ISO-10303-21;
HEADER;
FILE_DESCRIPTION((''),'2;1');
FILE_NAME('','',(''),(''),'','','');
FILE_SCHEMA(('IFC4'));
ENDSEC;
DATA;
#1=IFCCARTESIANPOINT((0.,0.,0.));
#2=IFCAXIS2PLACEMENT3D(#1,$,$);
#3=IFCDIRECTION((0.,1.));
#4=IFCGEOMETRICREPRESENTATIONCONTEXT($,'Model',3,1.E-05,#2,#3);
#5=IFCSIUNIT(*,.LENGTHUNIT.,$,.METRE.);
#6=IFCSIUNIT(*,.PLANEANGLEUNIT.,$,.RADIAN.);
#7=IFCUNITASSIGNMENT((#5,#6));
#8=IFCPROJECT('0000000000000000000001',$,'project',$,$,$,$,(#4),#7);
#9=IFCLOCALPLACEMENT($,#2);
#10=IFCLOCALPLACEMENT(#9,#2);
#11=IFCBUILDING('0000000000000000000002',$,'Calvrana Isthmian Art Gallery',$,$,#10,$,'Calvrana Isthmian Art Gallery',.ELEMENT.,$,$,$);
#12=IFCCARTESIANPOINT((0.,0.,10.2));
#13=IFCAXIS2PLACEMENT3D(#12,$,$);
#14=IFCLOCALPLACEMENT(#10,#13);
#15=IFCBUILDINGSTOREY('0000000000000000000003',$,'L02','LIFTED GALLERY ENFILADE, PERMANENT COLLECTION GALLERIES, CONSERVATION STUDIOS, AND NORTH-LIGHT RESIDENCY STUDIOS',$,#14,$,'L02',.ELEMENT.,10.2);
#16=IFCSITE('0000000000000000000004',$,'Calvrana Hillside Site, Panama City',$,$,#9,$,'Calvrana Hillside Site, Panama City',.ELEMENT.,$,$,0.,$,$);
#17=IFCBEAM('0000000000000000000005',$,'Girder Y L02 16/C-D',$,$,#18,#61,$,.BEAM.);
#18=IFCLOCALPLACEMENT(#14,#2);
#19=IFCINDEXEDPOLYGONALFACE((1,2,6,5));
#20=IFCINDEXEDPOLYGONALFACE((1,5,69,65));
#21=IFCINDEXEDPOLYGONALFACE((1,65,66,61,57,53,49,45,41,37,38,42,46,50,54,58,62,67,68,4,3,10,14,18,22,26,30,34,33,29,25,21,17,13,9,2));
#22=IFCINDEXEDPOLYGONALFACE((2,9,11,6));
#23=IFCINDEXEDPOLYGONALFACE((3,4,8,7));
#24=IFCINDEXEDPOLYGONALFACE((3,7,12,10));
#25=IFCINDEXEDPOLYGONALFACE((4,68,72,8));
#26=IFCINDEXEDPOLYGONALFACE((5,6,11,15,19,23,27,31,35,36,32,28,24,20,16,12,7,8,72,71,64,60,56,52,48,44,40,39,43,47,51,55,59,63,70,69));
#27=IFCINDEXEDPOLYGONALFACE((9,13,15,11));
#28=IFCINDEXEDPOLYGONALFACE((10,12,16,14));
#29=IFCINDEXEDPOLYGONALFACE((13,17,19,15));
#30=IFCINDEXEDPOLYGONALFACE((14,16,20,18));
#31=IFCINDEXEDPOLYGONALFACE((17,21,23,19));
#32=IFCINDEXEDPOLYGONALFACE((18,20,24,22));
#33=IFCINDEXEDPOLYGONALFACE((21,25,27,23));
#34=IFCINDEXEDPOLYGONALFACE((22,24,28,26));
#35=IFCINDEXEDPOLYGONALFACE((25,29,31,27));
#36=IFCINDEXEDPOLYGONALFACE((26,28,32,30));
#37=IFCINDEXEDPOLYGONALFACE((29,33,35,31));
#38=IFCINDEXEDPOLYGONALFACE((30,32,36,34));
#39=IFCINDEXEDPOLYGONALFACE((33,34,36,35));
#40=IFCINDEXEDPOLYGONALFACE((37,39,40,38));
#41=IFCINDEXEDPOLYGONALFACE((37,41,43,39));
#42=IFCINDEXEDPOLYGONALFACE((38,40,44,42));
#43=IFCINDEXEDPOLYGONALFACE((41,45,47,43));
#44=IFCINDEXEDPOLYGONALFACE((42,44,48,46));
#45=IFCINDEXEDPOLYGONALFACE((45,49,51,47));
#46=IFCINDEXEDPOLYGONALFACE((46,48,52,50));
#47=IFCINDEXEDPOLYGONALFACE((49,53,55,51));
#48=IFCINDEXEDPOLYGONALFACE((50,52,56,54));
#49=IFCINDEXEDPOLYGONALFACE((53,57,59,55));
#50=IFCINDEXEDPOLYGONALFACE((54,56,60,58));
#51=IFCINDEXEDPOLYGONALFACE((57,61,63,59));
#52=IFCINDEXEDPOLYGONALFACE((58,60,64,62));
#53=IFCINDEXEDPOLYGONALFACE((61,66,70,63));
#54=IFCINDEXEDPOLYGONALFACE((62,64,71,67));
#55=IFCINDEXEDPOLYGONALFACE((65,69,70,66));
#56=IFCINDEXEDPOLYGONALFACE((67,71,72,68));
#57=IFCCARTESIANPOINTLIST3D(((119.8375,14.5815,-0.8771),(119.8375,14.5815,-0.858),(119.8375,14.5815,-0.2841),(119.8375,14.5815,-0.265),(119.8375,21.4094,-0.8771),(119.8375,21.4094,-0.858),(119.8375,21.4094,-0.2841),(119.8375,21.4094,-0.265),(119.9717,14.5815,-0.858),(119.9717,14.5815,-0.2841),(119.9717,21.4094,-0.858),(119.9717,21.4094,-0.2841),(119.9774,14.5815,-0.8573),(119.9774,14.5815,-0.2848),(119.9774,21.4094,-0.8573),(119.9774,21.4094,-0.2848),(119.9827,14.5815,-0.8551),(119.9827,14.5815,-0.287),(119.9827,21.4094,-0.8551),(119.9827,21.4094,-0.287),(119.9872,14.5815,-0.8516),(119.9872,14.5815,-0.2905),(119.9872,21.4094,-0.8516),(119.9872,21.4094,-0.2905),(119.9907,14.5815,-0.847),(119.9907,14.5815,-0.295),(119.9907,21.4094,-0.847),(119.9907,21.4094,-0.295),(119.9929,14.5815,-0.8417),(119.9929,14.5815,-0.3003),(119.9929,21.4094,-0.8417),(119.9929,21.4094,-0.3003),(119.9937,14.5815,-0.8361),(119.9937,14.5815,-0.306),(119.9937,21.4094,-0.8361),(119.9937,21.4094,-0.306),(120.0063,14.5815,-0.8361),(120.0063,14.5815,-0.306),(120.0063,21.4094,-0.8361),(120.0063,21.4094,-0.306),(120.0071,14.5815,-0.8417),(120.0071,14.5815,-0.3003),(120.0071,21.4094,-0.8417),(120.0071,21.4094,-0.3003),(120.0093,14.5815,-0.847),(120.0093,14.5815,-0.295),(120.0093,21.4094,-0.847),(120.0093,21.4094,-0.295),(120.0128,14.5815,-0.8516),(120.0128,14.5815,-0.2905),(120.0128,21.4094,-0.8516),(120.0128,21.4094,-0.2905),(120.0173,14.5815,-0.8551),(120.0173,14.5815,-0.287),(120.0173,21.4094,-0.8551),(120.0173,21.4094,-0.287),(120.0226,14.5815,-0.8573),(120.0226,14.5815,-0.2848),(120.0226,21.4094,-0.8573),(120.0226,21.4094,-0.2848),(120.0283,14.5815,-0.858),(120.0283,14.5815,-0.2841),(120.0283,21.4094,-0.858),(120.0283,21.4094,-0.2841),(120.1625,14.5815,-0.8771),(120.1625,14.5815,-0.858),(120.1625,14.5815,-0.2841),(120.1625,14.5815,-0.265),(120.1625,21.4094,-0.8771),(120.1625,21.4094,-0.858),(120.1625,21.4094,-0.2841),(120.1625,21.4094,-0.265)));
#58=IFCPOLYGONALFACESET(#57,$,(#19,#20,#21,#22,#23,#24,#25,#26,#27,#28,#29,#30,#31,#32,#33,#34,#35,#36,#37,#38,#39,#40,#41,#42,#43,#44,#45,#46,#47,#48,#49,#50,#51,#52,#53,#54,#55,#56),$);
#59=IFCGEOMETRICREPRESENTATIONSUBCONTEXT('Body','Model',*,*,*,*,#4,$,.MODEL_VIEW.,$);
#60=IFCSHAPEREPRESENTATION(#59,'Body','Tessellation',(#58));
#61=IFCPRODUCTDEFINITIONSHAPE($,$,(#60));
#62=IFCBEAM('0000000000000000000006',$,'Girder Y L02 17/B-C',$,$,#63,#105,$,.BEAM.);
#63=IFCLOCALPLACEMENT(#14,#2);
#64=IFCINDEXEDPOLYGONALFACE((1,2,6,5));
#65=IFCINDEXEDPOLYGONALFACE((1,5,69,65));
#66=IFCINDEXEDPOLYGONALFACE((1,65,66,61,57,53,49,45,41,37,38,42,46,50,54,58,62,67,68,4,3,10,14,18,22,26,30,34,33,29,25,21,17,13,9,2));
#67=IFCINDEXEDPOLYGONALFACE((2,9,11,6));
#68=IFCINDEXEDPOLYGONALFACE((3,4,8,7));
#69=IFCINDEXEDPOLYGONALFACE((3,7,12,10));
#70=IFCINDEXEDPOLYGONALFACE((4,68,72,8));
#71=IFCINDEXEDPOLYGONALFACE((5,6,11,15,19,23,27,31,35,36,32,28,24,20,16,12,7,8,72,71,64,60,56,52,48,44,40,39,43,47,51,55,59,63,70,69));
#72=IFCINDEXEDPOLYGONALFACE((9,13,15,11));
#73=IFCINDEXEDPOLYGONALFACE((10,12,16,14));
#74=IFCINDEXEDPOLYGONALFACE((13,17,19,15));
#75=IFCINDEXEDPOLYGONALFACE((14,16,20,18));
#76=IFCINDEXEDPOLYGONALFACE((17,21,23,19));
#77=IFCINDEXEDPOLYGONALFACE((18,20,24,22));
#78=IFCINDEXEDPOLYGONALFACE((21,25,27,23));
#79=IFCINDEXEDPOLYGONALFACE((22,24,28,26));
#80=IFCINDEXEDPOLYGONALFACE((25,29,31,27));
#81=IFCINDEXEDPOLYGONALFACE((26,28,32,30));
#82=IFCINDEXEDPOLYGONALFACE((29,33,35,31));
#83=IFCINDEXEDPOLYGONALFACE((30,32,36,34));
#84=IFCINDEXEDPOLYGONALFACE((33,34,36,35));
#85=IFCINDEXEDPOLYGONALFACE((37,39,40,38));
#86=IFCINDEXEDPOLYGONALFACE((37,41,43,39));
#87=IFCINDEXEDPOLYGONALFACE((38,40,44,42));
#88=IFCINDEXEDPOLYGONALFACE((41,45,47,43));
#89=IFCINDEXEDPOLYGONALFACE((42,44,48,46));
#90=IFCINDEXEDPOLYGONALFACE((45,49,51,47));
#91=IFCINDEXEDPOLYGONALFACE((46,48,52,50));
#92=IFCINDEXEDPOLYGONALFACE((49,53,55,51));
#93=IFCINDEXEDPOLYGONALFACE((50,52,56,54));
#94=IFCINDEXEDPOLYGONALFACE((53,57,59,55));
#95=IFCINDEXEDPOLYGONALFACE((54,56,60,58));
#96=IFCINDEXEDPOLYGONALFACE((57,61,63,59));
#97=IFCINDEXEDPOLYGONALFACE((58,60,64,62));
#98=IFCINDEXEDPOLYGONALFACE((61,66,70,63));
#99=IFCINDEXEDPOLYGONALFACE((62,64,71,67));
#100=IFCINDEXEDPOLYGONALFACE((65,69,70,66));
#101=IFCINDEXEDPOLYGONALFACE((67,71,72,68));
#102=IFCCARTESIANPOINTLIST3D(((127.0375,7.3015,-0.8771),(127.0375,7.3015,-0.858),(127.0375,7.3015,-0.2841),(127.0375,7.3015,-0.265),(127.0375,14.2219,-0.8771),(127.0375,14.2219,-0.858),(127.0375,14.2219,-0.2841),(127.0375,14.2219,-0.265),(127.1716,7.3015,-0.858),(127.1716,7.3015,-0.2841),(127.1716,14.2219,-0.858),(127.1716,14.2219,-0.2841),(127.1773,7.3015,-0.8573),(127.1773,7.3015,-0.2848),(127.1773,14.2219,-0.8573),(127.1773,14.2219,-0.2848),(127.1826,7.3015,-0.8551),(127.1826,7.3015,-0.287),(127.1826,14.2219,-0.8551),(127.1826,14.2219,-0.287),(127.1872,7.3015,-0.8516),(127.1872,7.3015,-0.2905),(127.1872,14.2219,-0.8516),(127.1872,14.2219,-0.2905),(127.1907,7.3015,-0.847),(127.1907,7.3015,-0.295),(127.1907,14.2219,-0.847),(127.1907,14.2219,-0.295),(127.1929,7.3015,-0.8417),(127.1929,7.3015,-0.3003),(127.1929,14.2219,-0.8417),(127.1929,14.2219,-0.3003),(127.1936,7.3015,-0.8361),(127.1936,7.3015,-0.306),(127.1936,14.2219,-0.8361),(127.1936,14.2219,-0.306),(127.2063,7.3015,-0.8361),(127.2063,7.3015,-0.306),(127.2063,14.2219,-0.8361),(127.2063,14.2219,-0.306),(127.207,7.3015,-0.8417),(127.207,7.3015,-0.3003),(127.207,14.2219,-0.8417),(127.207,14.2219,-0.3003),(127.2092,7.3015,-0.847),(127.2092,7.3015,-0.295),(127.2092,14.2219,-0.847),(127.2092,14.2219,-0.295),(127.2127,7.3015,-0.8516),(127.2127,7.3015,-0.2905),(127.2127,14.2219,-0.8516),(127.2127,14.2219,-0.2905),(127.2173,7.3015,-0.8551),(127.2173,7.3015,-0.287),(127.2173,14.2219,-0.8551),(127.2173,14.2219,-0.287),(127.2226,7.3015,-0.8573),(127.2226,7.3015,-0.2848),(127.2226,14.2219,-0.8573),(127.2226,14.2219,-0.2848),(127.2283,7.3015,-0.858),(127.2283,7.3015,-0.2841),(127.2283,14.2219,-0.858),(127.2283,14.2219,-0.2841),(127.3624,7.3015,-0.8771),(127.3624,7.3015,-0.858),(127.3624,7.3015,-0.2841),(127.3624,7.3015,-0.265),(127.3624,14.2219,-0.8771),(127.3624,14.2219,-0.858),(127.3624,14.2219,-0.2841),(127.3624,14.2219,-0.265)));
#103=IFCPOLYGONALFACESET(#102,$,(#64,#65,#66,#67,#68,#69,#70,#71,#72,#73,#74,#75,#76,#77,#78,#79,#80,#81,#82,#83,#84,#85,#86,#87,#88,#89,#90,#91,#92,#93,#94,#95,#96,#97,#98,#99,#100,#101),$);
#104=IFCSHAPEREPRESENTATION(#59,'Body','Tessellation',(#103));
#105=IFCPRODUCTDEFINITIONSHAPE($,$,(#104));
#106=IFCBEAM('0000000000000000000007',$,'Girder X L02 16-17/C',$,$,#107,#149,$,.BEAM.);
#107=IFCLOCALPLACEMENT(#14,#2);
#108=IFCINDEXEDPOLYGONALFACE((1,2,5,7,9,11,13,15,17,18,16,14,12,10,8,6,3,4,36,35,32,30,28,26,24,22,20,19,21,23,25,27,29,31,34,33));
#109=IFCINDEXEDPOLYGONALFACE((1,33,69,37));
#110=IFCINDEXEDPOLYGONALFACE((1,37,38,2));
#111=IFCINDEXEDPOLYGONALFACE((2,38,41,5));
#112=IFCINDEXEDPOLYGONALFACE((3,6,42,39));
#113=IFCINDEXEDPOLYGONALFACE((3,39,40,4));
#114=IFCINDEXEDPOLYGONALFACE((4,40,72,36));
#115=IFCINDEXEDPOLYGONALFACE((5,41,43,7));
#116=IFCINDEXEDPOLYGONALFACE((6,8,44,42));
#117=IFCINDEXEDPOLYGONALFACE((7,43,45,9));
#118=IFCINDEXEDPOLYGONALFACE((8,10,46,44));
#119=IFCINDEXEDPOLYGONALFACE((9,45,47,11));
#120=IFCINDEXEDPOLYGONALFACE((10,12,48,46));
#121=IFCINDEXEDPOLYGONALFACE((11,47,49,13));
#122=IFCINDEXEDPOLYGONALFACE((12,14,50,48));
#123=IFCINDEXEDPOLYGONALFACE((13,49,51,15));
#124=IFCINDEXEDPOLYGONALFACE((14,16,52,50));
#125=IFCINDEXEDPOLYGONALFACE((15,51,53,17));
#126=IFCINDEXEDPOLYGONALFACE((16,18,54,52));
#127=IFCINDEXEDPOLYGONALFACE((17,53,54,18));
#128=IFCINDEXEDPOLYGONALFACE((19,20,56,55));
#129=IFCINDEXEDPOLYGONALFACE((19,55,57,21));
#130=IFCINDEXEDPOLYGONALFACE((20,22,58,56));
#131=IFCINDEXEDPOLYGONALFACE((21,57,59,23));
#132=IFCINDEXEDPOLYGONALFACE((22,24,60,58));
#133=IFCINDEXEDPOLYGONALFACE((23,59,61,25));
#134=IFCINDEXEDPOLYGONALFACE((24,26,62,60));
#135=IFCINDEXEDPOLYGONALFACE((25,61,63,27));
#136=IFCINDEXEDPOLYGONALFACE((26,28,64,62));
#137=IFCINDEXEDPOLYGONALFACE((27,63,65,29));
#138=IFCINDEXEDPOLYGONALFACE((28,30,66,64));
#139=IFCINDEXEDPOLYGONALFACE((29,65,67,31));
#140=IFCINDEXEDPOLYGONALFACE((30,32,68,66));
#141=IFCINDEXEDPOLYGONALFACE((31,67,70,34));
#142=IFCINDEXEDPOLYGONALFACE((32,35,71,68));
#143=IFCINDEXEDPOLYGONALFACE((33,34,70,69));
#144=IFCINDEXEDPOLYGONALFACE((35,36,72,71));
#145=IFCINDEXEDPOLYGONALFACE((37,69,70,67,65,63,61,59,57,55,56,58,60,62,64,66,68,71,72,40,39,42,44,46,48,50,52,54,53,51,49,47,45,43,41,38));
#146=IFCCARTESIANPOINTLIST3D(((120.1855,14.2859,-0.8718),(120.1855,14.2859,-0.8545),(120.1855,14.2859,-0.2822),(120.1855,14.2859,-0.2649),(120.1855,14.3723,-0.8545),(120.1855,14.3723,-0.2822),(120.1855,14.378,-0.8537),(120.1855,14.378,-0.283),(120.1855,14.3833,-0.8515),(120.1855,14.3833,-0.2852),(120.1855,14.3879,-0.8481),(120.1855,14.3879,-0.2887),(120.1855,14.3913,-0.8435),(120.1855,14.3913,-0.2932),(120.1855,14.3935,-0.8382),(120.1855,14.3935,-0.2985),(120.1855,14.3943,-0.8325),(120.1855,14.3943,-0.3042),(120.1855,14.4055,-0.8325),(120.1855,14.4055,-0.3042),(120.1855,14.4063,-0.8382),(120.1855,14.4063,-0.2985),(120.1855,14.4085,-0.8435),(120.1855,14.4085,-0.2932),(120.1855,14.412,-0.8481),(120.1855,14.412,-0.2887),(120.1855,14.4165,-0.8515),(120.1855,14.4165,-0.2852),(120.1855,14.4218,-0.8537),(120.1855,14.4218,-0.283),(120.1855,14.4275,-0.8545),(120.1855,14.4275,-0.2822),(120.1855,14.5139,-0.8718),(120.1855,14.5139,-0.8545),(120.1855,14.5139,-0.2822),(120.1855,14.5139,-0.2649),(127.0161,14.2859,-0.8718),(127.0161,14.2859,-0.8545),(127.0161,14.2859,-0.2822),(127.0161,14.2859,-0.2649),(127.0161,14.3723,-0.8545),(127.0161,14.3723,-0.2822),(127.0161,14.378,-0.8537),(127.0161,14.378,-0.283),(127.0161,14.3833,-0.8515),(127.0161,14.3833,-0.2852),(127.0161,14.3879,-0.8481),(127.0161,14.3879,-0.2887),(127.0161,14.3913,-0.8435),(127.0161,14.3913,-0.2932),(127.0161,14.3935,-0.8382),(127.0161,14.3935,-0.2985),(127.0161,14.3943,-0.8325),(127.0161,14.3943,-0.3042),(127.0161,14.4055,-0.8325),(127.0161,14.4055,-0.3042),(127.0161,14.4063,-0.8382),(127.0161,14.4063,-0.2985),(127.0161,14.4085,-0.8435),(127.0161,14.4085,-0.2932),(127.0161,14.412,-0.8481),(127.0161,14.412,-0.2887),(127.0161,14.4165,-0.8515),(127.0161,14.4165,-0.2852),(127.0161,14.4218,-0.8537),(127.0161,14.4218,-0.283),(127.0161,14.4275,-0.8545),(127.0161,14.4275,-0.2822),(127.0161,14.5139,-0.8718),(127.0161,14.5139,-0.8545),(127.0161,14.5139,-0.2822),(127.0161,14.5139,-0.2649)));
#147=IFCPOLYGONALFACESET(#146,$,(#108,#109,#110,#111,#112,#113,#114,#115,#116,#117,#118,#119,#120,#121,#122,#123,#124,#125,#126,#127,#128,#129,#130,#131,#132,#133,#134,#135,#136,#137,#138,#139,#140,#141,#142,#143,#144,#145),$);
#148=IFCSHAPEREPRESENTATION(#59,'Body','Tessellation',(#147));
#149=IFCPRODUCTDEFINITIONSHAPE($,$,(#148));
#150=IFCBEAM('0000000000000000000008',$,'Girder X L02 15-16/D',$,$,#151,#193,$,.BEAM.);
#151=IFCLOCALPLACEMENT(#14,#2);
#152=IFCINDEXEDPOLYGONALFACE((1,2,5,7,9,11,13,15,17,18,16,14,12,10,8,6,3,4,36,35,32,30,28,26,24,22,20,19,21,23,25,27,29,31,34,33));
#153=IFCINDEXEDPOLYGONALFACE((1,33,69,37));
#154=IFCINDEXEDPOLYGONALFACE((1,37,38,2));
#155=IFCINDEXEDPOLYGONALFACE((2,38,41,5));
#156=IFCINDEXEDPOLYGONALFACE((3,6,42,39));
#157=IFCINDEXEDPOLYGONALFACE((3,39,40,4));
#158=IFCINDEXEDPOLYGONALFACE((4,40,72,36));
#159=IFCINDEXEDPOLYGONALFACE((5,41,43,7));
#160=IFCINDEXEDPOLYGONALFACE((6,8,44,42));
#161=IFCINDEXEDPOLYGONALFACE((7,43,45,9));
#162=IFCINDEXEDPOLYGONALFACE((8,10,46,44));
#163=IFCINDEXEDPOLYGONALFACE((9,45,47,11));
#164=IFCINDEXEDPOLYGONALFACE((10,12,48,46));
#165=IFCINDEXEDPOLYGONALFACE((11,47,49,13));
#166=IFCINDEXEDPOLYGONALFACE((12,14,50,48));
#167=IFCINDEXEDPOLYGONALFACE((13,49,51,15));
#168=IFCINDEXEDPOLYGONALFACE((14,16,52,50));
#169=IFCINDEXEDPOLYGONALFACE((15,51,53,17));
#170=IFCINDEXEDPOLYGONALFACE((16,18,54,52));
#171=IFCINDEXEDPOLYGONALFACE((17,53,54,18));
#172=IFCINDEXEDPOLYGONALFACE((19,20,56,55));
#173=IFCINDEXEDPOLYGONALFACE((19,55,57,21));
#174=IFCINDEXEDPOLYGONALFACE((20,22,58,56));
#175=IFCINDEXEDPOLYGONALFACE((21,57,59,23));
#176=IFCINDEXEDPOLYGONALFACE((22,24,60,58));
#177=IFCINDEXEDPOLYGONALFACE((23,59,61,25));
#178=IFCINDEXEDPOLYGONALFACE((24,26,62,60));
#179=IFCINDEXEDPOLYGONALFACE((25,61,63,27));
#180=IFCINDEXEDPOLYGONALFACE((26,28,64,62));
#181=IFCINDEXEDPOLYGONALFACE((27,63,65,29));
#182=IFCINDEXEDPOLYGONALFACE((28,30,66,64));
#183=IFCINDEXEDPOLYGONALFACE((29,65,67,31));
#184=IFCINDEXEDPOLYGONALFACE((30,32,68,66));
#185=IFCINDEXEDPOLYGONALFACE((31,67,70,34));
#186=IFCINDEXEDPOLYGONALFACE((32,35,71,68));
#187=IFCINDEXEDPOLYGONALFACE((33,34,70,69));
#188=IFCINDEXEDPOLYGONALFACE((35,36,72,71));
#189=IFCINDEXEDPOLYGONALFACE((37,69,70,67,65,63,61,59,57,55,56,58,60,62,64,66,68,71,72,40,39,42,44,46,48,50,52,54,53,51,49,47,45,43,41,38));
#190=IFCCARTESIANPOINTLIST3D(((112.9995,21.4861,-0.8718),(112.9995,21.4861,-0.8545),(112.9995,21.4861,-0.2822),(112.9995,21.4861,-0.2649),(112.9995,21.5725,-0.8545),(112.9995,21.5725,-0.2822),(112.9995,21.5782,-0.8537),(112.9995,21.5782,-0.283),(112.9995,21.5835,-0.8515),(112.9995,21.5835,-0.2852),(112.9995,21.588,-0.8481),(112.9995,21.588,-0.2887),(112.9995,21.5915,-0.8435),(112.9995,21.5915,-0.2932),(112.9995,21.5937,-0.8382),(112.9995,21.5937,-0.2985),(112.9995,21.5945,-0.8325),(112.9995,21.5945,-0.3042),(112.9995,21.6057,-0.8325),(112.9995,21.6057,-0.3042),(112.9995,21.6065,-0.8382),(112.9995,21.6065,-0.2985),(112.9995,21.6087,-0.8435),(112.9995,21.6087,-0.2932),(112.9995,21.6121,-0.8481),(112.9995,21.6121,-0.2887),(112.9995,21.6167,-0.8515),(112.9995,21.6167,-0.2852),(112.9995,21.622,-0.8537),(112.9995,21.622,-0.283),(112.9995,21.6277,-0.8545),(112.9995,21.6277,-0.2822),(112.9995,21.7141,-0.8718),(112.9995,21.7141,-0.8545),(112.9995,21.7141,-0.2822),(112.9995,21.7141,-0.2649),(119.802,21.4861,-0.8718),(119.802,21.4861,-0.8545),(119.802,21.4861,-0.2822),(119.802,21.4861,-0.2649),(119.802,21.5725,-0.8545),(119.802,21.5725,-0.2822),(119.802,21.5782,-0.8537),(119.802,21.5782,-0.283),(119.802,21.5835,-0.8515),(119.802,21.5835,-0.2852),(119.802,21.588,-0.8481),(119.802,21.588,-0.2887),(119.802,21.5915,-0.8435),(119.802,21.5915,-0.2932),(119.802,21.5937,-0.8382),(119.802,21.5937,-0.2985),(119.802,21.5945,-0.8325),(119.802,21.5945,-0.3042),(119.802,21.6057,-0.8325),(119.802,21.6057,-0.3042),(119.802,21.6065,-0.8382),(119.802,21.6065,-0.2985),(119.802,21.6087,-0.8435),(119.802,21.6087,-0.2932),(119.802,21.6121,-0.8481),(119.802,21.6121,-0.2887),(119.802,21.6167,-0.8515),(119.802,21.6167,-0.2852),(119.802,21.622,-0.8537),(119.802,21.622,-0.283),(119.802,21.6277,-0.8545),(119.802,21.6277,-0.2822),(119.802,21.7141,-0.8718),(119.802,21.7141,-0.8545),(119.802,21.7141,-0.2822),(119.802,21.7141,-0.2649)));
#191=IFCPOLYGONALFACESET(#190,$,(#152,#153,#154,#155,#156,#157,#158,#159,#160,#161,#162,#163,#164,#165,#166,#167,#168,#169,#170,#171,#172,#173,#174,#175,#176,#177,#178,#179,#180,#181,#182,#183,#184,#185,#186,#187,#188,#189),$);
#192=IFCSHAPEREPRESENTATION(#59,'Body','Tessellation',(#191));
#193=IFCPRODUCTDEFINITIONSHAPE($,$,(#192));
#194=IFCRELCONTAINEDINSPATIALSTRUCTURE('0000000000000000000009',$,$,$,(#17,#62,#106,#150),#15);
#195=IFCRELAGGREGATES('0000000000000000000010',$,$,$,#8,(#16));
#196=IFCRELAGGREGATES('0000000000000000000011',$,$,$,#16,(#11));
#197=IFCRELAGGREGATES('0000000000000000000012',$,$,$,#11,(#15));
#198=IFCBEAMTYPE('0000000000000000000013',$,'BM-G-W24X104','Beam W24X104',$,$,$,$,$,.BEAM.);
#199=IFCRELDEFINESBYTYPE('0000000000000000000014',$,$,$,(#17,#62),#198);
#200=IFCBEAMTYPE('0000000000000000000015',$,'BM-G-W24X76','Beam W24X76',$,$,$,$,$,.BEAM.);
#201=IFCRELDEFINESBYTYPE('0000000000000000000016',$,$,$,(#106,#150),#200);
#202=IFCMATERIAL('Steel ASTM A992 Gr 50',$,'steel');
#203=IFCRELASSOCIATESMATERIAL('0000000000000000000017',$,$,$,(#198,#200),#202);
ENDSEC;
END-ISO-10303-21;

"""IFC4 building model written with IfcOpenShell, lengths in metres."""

from ifc_helpers import new_model, si_unit, direction, frame, origin, origin_2d, place, context, subcontext, project, spatial, i_section, extrude, material, material_profile, profile_set, type_object, element, save


model = new_model("IFC4")

# Units and contexts
model_context = context("Model", 3, precision=1e-05, world=origin(), true_north=direction((0.0, 1.0)))
body_context = subcontext(model_context, "Body", "Model", "MODEL_VIEW")
ifc_project = project(units=[si_unit("LENGTHUNIT", "METRE"), si_unit("PLANEANGLEUNIT", "RADIAN")], contexts=[model_context])

# Site, building, storey
site_placement = place(None, origin())
site = spatial("IfcSite", under=ifc_project, at=site_placement, Name="Calvrana Hillside Site, Panama City", LongName="Calvrana Hillside Site, Panama City", CompositionType="ELEMENT", RefElevation=0.0)
building_placement = place(site_placement, origin())
building = spatial("IfcBuilding", under=site, at=building_placement, Name="Calvrana Isthmian Art Gallery", LongName="Calvrana Isthmian Art Gallery", CompositionType="ELEMENT")
storey_placement = place(building_placement, frame((0.0, 0.0, 10.2)))
storey = spatial("IfcBuildingStorey", under=building, at=storey_placement, Name="L02", Description="LIFTED GALLERY ENFILADE, PERMANENT COLLECTION GALLERIES, CONSERVATION STUDIOS, AND NORTH-LIGHT RESIDENCY STUDIOS", LongName="L02", CompositionType="ELEMENT", Elevation=10.2)

# Shared definitions
ifc_material_1 = material(Name="Steel ASTM A992 Gr 50", Category="steel")

# Beams
ifc_material_profile_1 = material_profile(ifc_material_1, i_section(OverallWidth=0.325, OverallDepth=0.6121, WebThickness=0.0127, FlangeThickness=0.019, FilletRadius=0.022, at=origin_2d()), Name="W24X104")
ifc_profile_set_1 = profile_set([ifc_material_profile_1], Name="Steel ASTM A992 Gr 50")
beam_type_1 = type_object("IfcBeamType", Name="BM-G-W24X104", Description="Beam W24X104", PredefinedType="BEAM", material=ifc_profile_set_1)
beam_1_placement = place(storey_placement, frame((120.0, 14.5815, -0.571), z_axis=(0.0, 1.0, 0.0), x_axis=(-1.0, 0.0, 0.0)))
element("IfcBeam", 1, at=beam_1_placement, inside=storey, type_object=beam_type_1, Name="Girder Y L02 16/C-D", PredefinedType="BEAM", context=body_context, shape_type="SweptSolid", body=[
    extrude(i_section(OverallWidth=0.325, OverallDepth=0.6121, WebThickness=0.0127, FlangeThickness=0.019, FilletRadius=0.022, at=origin_2d()), origin(), (0.0, 0.0, 1.0), 6.8279),
])
beam_2_placement = place(storey_placement, frame((127.2, 7.3015, -0.571), z_axis=(0.0, 1.0, 0.0), x_axis=(-1.0, 0.0, 0.0)))
element("IfcBeam", 2, at=beam_2_placement, inside=storey, type_object=beam_type_1, Name="Girder Y L02 17/B-C", PredefinedType="BEAM", context=body_context, shape_type="SweptSolid", body=[
    extrude(i_section(OverallWidth=0.325, OverallDepth=0.6121, WebThickness=0.0127, FlangeThickness=0.019, FilletRadius=0.022, at=origin_2d()), origin(), (0.0, 0.0, 1.0), 6.9204),
])
ifc_material_profile_2 = material_profile(ifc_material_1, i_section(OverallWidth=0.228, OverallDepth=0.6069, WebThickness=0.0112, FlangeThickness=0.0173, FilletRadius=0.022, at=origin_2d()), Name="W24X76")
ifc_profile_set_2 = profile_set([ifc_material_profile_2], Name="Steel ASTM A992 Gr 50")
beam_type_2 = type_object("IfcBeamType", Name="BM-G-W24X76", Description="Beam W24X76", PredefinedType="BEAM", material=ifc_profile_set_2)
beam_3_placement = place(storey_placement, frame((120.1855, 14.3999, -0.5684), z_axis=(1.0, 0.0, 0.0), x_axis=(0.0, 1.0, 0.0)))
element("IfcBeam", 3, at=beam_3_placement, inside=storey, type_object=beam_type_2, Name="Girder X L02 16-17/C", PredefinedType="BEAM", context=body_context, shape_type="SweptSolid", body=[
    extrude(i_section(OverallWidth=0.228, OverallDepth=0.6069, WebThickness=0.0112, FlangeThickness=0.0173, FilletRadius=0.022, at=origin_2d()), origin(), (0.0, 0.0, 1.0), 6.8306),
])
beam_4_placement = place(storey_placement, frame((112.9995, 21.6001, -0.5684), z_axis=(1.0, 0.0, 0.0), x_axis=(0.0, 1.0, 0.0)))
element("IfcBeam", 4, at=beam_4_placement, inside=storey, type_object=beam_type_2, Name="Girder X L02 15-16/D", PredefinedType="BEAM", context=body_context, shape_type="SweptSolid", body=[
    extrude(i_section(OverallWidth=0.228, OverallDepth=0.6069, WebThickness=0.0112, FlangeThickness=0.0173, FilletRadius=0.022, at=origin_2d()), origin(), (0.0, 0.0, 1.0), 6.8025),
])

save(model, "model.ifc")
